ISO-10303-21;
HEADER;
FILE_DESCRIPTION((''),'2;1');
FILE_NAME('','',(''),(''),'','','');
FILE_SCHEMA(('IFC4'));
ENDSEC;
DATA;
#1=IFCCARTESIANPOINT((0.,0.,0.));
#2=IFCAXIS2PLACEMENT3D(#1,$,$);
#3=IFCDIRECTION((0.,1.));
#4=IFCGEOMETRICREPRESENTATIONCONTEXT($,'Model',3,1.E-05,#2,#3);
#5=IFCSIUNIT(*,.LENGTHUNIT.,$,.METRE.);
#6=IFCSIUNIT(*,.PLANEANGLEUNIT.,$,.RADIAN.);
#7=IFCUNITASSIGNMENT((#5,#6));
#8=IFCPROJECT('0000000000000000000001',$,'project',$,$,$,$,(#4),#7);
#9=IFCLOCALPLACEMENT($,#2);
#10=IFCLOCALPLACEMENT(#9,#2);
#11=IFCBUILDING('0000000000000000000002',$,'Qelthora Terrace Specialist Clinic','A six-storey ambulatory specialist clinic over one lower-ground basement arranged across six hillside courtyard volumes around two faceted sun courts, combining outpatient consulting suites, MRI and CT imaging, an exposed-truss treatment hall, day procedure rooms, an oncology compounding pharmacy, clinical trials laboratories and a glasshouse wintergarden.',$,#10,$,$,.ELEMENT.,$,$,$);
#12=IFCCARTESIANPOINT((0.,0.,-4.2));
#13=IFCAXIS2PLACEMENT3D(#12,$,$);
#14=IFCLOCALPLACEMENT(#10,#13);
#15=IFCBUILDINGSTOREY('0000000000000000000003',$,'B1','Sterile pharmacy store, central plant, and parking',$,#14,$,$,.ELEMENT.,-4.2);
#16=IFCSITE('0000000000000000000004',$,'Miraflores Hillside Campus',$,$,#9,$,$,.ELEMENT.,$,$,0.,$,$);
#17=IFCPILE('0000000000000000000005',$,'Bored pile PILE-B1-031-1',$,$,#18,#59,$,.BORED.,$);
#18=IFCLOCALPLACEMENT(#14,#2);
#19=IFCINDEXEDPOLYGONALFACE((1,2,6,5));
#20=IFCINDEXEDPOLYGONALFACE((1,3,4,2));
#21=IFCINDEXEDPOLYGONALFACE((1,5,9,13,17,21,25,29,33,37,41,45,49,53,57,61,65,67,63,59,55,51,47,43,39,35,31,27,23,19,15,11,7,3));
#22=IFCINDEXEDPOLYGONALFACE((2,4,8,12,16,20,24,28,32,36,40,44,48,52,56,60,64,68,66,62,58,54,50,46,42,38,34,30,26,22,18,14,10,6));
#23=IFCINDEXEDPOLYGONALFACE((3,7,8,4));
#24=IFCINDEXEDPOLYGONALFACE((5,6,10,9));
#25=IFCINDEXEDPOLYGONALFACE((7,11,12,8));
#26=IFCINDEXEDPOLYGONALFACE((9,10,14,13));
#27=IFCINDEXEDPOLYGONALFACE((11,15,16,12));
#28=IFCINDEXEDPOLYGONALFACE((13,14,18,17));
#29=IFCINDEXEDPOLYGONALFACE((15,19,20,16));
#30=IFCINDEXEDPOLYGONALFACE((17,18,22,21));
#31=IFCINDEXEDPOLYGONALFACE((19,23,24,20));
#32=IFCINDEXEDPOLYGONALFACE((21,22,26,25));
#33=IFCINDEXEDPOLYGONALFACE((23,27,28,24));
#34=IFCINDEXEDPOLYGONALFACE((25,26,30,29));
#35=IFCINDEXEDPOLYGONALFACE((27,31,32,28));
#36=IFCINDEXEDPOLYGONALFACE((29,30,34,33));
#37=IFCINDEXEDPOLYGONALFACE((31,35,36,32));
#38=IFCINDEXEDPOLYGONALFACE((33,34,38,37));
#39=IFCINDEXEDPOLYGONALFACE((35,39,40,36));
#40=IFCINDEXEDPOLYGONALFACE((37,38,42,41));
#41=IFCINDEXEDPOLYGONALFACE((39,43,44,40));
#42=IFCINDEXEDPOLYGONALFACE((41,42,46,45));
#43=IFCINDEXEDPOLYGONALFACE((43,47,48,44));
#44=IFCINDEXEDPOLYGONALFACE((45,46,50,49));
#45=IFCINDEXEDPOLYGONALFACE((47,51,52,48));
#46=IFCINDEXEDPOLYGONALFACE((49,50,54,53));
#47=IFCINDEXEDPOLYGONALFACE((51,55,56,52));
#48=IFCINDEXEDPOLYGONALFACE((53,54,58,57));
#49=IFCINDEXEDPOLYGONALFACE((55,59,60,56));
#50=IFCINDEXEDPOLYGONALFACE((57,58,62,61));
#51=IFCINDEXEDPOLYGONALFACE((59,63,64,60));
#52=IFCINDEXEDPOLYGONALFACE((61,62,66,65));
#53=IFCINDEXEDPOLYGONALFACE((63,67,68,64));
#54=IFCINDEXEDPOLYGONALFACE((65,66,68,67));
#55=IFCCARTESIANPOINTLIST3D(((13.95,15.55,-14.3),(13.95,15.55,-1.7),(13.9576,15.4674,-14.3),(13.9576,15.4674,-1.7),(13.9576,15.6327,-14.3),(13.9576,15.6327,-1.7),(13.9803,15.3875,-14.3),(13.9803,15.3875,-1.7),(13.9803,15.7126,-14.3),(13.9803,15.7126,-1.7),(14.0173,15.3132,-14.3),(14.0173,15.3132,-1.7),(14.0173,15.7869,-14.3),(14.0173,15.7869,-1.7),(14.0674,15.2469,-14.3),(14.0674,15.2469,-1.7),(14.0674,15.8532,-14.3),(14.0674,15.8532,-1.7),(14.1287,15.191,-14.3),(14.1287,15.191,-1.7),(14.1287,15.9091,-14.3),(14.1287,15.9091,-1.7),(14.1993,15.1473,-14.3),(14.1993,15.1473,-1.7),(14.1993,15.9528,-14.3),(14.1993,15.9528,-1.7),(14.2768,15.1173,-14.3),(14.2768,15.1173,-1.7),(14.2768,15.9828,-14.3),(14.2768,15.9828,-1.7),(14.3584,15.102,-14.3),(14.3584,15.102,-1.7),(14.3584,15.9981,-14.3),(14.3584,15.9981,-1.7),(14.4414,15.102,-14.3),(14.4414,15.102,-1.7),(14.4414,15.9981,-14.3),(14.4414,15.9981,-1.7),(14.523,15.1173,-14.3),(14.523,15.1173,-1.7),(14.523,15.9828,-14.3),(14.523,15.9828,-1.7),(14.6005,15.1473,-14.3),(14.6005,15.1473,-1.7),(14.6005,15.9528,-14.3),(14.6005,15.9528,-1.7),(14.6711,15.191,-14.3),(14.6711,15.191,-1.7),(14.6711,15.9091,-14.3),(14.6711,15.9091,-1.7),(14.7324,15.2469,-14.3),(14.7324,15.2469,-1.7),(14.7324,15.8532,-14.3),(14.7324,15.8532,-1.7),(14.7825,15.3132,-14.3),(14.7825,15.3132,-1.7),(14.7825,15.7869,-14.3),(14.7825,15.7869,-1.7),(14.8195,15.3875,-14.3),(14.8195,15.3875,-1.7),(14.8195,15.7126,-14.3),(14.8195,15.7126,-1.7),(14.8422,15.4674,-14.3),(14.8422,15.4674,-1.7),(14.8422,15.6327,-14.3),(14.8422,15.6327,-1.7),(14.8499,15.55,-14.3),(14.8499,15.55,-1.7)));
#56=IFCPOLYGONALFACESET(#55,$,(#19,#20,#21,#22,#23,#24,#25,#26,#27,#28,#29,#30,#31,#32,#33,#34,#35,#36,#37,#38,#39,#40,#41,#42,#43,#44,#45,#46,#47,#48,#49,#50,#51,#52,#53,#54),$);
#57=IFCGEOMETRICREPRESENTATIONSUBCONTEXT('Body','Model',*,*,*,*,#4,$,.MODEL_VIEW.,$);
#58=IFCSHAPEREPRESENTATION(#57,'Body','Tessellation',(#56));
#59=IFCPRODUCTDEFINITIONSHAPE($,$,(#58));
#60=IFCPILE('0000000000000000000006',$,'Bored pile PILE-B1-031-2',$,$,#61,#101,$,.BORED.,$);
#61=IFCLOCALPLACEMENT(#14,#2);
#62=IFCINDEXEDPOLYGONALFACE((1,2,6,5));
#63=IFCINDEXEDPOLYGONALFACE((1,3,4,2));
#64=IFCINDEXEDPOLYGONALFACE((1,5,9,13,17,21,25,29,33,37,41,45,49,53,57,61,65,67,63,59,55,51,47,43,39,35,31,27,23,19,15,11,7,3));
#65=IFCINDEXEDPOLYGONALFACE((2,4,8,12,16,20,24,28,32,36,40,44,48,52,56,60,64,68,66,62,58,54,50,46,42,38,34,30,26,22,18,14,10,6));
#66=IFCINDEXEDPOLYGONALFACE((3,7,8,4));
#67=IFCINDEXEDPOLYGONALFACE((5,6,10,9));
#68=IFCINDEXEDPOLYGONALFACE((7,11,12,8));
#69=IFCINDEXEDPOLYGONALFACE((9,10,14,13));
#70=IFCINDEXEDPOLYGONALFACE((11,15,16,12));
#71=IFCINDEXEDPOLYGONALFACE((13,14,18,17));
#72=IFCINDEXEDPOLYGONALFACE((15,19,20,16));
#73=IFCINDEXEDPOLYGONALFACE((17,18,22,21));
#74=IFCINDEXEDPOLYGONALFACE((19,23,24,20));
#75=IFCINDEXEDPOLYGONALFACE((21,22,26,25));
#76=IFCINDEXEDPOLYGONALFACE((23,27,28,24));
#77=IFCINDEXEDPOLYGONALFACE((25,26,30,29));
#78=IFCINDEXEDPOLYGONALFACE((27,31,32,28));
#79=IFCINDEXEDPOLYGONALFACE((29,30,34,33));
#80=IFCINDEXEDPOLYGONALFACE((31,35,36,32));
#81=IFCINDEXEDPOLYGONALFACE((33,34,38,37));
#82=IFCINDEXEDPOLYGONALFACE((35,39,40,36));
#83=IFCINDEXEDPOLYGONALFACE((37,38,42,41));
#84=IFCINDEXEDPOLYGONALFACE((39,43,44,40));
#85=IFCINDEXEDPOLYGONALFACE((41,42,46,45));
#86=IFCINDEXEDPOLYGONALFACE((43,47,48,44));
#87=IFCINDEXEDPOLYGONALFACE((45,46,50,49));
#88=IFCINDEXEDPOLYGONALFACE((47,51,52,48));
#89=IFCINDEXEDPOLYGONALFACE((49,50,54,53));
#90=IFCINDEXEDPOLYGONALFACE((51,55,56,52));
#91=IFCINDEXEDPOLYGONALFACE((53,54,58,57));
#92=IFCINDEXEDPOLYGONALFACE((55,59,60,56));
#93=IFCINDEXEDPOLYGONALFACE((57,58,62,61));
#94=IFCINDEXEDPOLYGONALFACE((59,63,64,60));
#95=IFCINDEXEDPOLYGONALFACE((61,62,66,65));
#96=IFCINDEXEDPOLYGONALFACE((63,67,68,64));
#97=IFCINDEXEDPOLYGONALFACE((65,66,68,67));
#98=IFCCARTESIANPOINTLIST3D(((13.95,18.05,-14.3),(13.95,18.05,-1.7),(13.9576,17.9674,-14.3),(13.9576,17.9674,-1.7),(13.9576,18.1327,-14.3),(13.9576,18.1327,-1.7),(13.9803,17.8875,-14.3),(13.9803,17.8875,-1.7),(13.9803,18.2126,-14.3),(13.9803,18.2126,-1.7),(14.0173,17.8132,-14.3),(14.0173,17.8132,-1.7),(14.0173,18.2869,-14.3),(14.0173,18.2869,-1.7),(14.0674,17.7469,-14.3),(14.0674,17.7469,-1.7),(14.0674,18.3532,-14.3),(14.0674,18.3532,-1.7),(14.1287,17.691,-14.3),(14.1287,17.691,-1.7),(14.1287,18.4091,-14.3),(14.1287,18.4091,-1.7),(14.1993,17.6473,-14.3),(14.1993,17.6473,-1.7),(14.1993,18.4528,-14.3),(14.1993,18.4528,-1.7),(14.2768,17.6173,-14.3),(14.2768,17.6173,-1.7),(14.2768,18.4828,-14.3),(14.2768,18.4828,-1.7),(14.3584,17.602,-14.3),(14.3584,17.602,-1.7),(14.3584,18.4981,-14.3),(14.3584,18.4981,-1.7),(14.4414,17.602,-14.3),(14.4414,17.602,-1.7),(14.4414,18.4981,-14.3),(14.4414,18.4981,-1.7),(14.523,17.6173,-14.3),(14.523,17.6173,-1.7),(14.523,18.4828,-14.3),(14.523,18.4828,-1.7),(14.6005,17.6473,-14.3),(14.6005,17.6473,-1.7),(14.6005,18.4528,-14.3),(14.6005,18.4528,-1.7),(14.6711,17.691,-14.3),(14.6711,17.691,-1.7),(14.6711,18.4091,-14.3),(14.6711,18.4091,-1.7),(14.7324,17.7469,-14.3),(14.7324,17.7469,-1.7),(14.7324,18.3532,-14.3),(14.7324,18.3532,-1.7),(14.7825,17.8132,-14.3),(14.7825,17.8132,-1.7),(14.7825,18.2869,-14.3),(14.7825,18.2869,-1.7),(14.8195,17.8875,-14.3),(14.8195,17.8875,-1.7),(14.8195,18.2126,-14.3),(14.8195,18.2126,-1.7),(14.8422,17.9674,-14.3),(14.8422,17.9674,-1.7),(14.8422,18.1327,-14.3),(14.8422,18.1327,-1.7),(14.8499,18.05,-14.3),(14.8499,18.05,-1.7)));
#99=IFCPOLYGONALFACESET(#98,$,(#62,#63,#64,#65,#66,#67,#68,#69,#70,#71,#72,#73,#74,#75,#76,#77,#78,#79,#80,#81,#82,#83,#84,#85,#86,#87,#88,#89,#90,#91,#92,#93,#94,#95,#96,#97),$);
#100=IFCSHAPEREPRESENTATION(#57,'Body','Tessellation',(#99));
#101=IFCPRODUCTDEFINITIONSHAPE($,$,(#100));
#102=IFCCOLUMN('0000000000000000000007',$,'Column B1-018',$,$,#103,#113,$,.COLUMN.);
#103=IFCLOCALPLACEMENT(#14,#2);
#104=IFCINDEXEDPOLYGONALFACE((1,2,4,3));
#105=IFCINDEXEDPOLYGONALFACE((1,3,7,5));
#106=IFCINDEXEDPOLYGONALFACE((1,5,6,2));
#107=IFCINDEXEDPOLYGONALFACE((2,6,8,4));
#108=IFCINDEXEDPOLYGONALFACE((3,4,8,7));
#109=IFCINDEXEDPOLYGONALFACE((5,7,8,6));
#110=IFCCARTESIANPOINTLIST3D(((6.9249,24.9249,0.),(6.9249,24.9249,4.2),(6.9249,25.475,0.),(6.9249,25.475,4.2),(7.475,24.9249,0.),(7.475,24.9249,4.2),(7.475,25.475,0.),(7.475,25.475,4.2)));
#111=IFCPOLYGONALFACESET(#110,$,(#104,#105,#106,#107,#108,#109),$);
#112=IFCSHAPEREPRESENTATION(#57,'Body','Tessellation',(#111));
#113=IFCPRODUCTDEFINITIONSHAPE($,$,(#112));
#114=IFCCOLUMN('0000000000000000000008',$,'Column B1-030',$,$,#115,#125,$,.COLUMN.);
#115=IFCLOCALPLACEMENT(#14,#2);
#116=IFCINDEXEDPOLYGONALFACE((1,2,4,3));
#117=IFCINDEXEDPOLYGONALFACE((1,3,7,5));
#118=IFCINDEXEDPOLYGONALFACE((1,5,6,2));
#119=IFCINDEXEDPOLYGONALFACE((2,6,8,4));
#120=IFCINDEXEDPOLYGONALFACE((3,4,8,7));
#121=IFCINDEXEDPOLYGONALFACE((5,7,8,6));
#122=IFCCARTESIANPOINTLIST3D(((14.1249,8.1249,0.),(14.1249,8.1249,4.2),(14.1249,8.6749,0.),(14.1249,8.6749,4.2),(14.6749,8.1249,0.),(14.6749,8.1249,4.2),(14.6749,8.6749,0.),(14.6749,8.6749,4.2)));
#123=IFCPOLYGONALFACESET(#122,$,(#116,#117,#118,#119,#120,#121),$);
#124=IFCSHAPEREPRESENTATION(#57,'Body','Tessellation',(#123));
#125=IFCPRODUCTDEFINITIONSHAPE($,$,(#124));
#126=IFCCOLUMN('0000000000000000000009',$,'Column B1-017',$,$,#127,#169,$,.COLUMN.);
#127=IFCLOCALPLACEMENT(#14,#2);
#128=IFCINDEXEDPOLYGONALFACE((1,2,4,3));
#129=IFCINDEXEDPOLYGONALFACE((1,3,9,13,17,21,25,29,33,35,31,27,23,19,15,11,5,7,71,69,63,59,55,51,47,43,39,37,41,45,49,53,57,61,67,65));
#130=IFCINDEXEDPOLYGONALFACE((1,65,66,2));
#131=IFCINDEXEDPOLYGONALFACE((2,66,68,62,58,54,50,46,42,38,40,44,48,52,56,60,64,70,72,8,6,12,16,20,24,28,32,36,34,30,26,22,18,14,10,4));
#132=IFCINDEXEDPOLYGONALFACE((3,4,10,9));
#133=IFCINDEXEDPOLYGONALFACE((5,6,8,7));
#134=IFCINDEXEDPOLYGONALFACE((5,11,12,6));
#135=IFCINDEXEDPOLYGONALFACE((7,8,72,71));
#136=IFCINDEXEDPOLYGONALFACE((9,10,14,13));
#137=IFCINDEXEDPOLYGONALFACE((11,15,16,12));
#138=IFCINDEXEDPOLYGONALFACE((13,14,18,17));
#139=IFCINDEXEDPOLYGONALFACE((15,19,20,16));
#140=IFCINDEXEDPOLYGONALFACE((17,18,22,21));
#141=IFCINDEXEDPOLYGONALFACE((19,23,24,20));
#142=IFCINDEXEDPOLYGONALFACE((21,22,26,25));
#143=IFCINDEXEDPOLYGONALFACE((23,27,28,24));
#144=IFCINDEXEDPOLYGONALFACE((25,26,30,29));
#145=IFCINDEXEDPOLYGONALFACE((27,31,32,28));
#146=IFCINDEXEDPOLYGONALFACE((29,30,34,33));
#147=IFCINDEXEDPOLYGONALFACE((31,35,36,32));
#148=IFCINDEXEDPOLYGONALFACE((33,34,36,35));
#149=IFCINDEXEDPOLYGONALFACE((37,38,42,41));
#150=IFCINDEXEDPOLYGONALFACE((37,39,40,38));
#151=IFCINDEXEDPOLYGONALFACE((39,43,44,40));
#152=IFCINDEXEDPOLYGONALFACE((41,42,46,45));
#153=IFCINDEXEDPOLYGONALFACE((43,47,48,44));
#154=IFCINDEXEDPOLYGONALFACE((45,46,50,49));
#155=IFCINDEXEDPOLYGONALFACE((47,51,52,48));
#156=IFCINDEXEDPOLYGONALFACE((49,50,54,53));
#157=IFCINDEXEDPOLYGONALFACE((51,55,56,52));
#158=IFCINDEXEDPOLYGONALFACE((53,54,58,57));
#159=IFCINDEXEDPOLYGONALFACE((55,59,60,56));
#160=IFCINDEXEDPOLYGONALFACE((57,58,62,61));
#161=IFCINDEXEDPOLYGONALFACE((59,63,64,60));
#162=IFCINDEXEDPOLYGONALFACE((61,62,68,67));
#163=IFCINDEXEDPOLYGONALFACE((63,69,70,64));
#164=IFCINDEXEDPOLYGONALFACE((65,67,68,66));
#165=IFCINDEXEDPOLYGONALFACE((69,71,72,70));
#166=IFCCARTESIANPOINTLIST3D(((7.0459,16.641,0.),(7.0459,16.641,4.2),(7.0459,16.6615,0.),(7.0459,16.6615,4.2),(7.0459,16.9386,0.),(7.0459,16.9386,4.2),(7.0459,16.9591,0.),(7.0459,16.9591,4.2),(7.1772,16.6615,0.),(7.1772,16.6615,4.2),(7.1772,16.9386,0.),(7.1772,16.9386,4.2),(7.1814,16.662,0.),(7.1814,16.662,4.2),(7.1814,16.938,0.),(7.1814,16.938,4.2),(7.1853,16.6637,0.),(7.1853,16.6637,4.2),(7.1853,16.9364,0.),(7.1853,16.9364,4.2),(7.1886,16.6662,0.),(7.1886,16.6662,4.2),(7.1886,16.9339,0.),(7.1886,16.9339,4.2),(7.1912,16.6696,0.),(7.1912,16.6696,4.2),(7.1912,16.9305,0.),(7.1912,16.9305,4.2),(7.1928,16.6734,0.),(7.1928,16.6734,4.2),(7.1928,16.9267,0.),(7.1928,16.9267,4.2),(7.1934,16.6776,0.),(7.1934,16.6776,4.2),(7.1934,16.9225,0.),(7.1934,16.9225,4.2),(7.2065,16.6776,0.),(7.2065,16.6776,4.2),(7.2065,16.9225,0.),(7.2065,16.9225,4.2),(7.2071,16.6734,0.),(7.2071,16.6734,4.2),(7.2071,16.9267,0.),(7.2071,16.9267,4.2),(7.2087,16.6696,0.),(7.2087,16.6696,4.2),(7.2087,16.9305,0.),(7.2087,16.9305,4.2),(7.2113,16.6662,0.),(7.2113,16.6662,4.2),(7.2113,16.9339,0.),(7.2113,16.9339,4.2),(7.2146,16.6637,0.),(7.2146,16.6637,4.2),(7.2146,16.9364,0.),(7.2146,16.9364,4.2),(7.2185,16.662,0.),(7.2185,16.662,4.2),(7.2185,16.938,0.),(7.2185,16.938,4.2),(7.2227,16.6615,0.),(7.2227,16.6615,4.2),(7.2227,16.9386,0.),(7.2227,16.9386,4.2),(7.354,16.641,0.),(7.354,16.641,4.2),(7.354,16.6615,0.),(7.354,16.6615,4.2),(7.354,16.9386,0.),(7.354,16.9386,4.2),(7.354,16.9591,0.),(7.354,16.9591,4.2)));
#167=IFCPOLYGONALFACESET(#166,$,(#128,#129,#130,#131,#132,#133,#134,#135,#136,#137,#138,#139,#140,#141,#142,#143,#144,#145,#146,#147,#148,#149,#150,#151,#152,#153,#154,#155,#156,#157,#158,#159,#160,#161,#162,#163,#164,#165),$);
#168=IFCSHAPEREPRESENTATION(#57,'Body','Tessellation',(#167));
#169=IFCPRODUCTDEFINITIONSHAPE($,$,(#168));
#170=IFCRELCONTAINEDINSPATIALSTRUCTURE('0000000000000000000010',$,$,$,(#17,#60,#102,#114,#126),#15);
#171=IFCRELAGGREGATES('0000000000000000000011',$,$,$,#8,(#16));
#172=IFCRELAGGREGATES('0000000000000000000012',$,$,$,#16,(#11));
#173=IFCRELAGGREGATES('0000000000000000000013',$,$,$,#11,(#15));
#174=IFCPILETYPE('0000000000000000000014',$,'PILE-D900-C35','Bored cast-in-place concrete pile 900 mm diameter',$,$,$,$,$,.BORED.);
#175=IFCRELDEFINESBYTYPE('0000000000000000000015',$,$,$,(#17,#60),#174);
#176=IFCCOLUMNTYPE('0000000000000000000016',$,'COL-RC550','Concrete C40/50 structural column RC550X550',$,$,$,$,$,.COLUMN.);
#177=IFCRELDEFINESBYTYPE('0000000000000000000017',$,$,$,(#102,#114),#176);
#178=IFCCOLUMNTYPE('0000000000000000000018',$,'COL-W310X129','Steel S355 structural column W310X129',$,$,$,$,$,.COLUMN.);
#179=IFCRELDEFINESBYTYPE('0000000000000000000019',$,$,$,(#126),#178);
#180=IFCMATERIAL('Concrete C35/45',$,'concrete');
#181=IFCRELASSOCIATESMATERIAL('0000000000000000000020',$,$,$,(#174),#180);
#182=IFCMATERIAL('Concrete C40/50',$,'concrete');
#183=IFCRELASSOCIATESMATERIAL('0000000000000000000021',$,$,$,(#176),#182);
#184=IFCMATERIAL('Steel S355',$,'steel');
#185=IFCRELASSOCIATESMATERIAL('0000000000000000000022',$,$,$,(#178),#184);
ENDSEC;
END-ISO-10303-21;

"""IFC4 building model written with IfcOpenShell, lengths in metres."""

from ifc_helpers import new_model, si_unit, direction, frame, origin, origin_2d, place, context, subcontext, project, spatial, rectangle, circle, i_section, extrude, material, material_profile, profile_set, type_object, element, save


model = new_model("IFC4")

# Units and contexts
model_context = context("Model", 3, precision=1e-05, world=origin(), true_north=direction((0.0, 1.0)))
body_context = subcontext(model_context, "Body", "Model", "MODEL_VIEW")
ifc_project = project(units=[si_unit("LENGTHUNIT", "METRE"), si_unit("PLANEANGLEUNIT", "RADIAN")], contexts=[model_context])

# Site, building, storey
site_placement = place(None, origin())
site = spatial("IfcSite", under=ifc_project, at=site_placement, Name="Miraflores Hillside Campus", CompositionType="ELEMENT", RefElevation=0.0)
building_placement = place(site_placement, origin())
building = spatial("IfcBuilding", under=site, at=building_placement, Name="Qelthora Terrace Specialist Clinic", Description="A six-storey ambulatory specialist clinic over one lower-ground basement arranged across six hillside courtyard volumes around two faceted sun courts, combining outpatient consulting suites, MRI and CT imaging, an exposed-truss treatment hall, day procedure rooms, an oncology compounding pharmacy, clinical trials laboratories and a glasshouse wintergarden.", CompositionType="ELEMENT")
storey_placement = place(building_placement, frame((0.0, 0.0, -4.2)))
storey = spatial("IfcBuildingStorey", under=building, at=storey_placement, Name="B1", Description="Sterile pharmacy store, central plant, and parking", CompositionType="ELEMENT", Elevation=-4.2)

# Shared definitions
ifc_material_1 = material(Name="Concrete C35/45", Category="concrete")

# Piles
ifc_material_profile_1 = material_profile(ifc_material_1, circle(Radius=0.45, at=origin_2d()), Name="PILE900")
ifc_profile_set_1 = profile_set([ifc_material_profile_1], Name="Concrete C35/45")
pile_type_1 = type_object("IfcPileType", Name="PILE-D900-C35", Description="Bored cast-in-place concrete pile 900 mm diameter", PredefinedType="BORED", material=ifc_profile_set_1)
for number, where, z_axis, x_axis, name in (
    (1, (14.3999, 15.55, -1.7), (0.0, 0.0, -1.0), (1.0, 0.0, 0.0), "Bored pile PILE-B1-031-1"),
    (2, (14.3999, 18.05, -1.7), (0.0, 0.0, -1.0), (1.0, 0.0, 0.0), "Bored pile PILE-B1-031-2"),
):
    element("IfcPile", number, at=place(storey_placement, frame(where, z_axis=z_axis, x_axis=x_axis)), inside=storey, type_object=pile_type_1, Name=name, PredefinedType="BORED", context=body_context, shape_type="SweptSolid", body=[
        extrude(circle(Radius=0.45, at=origin_2d()), origin(), (0.0, 0.0, 1.0), 12.6001),
    ])

# Columns
ifc_material_2 = material(Name="Concrete C40/50", Category="concrete")
ifc_material_profile_2 = material_profile(ifc_material_2, rectangle(XDim=0.55, YDim=0.55, at=origin_2d()), Name="RC550X550")
ifc_profile_set_2 = profile_set([ifc_material_profile_2], Name="Concrete C40/50")
column_type_1 = type_object("IfcColumnType", Name="COL-RC550", Description="Concrete C40/50 structural column RC550X550", PredefinedType="COLUMN", material=ifc_profile_set_2)
for number, where, z_axis, x_axis, name in (
    (3, (7.2, 25.2, 0.0), (0.0, 0.0, 1.0), (1.0, 0.0, 0.0), "Column B1-018"),
    (4, (14.3999, 8.3999, 0.0), (0.0, 0.0, 1.0), (1.0, 0.0, 0.0), "Column B1-030"),
):
    element("IfcColumn", number, at=place(storey_placement, frame(where, z_axis=z_axis, x_axis=x_axis)), inside=storey, type_object=column_type_1, Name=name, PredefinedType="COLUMN", context=body_context, shape_type="SweptSolid", body=[
        extrude(rectangle(XDim=0.55, YDim=0.55, at=origin_2d()), origin(), (0.0, 0.0, 1.0), 4.2),
    ])
ifc_material_3 = material(Name="Steel S355", Category="steel")
ifc_material_profile_3 = material_profile(ifc_material_3, i_section(OverallWidth=0.3081, OverallDepth=0.3181, WebThickness=0.0132, FlangeThickness=0.0205, FilletRadius=0.0161, at=origin_2d()), Name="W310X129")
ifc_profile_set_3 = profile_set([ifc_material_profile_3], Name="Steel S355")
column_type_2 = type_object("IfcColumnType", Name="COL-W310X129", Description="Steel S355 structural column W310X129", PredefinedType="COLUMN", material=ifc_profile_set_3)
for number, where, z_axis, x_axis, name in (
    (5, (7.2, 16.8, 0.0), (0.0, 0.0, 1.0), (1.0, 0.0, 0.0), "Column B1-017"),
):
    element("IfcColumn", number, at=place(storey_placement, frame(where, z_axis=z_axis, x_axis=x_axis)), inside=storey, type_object=column_type_2, Name=name, PredefinedType="COLUMN", context=body_context, shape_type="SweptSolid", body=[
        extrude(i_section(OverallWidth=0.3081, OverallDepth=0.3181, WebThickness=0.0132, FlangeThickness=0.0205, FilletRadius=0.0161, at=origin_2d()), origin(), (0.0, 0.0, 1.0), 4.2),
    ])

save(model, "model.ifc")
